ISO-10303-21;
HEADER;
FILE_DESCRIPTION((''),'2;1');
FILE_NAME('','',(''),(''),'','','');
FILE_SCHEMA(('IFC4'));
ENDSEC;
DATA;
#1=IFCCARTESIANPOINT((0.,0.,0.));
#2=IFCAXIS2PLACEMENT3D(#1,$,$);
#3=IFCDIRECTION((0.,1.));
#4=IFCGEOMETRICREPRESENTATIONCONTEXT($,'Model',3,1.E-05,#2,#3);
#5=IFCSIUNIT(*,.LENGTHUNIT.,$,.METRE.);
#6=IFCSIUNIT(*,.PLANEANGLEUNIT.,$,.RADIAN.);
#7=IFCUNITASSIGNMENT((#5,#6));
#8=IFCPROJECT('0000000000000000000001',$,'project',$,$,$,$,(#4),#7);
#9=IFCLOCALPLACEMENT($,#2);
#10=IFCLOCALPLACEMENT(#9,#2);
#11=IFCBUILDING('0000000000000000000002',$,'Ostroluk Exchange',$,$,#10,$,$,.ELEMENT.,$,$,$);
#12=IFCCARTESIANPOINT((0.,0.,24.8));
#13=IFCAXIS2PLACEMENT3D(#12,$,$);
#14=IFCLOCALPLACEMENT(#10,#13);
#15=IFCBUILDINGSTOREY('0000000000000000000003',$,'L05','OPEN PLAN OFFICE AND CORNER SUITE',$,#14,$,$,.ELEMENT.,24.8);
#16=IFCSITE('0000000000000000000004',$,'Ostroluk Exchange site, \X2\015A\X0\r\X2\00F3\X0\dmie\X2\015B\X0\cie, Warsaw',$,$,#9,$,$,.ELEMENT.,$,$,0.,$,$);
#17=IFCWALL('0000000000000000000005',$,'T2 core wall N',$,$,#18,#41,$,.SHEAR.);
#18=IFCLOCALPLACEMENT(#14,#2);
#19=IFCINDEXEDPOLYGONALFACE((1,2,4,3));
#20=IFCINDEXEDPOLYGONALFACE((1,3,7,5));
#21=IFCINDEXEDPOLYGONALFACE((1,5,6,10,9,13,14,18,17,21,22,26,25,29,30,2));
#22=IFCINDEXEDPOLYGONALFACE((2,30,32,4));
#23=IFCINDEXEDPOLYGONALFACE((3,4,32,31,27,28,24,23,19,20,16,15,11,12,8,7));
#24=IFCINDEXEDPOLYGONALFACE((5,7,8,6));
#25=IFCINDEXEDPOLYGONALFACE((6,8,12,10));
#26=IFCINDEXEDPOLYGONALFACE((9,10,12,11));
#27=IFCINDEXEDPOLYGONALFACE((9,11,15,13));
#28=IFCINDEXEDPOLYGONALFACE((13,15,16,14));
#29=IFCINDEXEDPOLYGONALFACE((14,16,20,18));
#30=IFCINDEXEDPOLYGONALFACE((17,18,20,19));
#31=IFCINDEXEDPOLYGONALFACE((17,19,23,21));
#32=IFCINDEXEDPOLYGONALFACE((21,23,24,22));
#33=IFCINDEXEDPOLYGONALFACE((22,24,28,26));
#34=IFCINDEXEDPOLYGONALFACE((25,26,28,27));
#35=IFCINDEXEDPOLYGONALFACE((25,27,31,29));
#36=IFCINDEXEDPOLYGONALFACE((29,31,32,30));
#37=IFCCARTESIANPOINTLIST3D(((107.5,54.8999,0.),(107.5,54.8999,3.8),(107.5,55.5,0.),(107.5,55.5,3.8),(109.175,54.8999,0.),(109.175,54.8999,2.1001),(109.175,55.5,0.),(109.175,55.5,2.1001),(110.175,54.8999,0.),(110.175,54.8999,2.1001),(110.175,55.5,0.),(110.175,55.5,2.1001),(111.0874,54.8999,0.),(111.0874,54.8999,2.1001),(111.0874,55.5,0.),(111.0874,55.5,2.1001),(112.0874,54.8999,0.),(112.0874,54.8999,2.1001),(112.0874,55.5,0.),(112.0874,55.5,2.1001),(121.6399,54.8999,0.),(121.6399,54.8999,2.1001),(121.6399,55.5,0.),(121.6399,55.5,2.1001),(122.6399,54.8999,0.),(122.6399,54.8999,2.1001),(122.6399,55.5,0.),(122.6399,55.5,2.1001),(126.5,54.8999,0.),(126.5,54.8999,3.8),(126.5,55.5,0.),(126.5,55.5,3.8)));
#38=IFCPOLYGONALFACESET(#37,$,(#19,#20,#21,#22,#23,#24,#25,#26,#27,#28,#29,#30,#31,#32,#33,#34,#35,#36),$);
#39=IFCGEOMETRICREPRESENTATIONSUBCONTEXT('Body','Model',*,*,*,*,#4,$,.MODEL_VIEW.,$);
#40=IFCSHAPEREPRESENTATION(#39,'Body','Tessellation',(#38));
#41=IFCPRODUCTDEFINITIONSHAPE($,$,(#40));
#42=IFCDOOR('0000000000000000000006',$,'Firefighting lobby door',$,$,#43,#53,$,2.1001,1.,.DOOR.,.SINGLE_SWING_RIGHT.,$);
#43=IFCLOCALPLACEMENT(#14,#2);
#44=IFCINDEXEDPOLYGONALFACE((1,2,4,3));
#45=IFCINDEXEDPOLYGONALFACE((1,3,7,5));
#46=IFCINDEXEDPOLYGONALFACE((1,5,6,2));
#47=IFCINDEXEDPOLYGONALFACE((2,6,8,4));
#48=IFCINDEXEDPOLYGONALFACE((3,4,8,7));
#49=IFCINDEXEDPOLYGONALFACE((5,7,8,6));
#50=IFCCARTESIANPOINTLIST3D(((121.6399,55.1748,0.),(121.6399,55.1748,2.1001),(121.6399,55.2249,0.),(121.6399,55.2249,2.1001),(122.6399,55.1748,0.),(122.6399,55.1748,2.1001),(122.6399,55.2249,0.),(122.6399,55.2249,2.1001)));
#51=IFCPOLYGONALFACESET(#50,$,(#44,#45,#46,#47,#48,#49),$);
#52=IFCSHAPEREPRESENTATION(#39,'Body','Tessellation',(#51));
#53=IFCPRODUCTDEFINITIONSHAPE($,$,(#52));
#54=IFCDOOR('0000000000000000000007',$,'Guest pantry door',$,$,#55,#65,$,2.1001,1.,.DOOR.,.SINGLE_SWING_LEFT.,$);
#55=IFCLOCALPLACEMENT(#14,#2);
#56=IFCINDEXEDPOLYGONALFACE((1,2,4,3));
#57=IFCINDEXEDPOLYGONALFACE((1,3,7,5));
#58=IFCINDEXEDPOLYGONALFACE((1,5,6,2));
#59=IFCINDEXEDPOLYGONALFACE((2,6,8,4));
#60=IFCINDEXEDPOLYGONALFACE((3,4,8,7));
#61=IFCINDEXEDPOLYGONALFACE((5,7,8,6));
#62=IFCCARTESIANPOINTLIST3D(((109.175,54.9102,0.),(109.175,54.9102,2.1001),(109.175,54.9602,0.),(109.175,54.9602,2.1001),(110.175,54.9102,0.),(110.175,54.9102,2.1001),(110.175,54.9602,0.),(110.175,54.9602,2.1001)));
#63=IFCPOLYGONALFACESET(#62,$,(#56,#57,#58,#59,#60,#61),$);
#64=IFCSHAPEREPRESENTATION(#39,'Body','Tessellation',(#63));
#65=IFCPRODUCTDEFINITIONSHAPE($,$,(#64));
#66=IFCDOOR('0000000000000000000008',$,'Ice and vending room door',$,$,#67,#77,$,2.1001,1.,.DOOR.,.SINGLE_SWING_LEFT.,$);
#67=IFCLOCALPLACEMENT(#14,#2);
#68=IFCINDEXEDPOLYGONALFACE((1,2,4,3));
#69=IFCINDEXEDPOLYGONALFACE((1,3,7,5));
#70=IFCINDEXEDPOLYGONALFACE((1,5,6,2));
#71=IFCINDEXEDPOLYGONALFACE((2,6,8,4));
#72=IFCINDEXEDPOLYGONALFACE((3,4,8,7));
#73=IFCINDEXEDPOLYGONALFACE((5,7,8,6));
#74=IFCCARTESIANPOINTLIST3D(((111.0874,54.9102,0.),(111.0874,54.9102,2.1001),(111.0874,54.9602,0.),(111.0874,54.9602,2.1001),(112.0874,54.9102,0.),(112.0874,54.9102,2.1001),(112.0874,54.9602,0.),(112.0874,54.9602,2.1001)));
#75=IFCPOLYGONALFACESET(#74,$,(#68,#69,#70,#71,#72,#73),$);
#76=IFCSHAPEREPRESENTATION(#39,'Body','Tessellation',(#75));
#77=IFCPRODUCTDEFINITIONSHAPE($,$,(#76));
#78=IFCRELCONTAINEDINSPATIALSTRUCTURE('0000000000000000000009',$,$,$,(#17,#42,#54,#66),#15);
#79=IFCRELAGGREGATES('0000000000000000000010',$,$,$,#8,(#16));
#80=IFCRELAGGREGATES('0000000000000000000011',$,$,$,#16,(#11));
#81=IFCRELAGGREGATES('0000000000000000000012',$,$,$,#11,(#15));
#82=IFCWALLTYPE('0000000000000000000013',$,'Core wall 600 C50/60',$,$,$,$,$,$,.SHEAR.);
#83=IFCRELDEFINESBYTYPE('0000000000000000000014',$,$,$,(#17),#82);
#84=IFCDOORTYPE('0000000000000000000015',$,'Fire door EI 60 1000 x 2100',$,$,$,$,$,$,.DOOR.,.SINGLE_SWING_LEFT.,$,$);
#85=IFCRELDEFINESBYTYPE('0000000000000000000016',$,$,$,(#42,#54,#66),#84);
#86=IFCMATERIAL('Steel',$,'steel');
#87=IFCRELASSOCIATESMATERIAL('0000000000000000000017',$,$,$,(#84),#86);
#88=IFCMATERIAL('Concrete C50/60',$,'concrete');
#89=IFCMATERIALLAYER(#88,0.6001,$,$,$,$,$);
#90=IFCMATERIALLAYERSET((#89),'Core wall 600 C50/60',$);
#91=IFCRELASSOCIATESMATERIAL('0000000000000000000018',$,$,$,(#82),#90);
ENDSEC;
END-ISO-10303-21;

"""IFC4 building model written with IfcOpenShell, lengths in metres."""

from ifc_helpers import new_model, si_unit, direction, frame, frame_2d, origin, place, context, subcontext, project, spatial, rectangle, extrude, material, layer, layer_set, type_object, element, fill, save


model = new_model("IFC4")

# Units and contexts
model_context = context("Model", 3, precision=1e-05, world=origin(), true_north=direction((0.0, 1.0)))
body_context = subcontext(model_context, "Body", "Model", "MODEL_VIEW")
ifc_project = project(units=[si_unit("LENGTHUNIT", "METRE"), si_unit("PLANEANGLEUNIT", "RADIAN")], contexts=[model_context])

# Site, building, storey
site_placement = place(None, origin())
site = spatial("IfcSite", under=ifc_project, at=site_placement, Name="Ostroluk Exchange site, Śródmieście, Warsaw", CompositionType="ELEMENT", RefElevation=0.0)
building_placement = place(site_placement, origin())
building = spatial("IfcBuilding", under=site, at=building_placement, Name="Ostroluk Exchange", CompositionType="ELEMENT")
storey_placement = place(building_placement, frame((0.0, 0.0, 24.8)))
storey = spatial("IfcBuildingStorey", under=building, at=storey_placement, Name="L05", Description="OPEN PLAN OFFICE AND CORNER SUITE", CompositionType="ELEMENT", Elevation=24.8)

# Wall, openings, doors
ifc_material_1 = material(Name="Steel", Category="steel")
door_type_1 = type_object("IfcDoorType", Name="Fire door EI 60 1000 x 2100", OperationType="SINGLE_SWING_LEFT", PredefinedType="DOOR", material=ifc_material_1)
ifc_material_2 = material(Name="Concrete C50/60", Category="concrete")
ifc_layer_1 = layer(ifc_material_2, 0.6001)
ifc_layer_set_1 = layer_set([ifc_layer_1], Name="Core wall 600 C50/60")
wall_type_1 = type_object("IfcWallType", Name="Core wall 600 C50/60", PredefinedType="SHEAR", material=ifc_layer_set_1)
wall_1_placement = place(storey_placement, frame((107.5, 55.2, 0.0), z_axis=(0.0, 0.0, 1.0), x_axis=(1.0, 0.0, 0.0)))
wall_1 = element("IfcWall", 1, at=wall_1_placement, inside=storey, type_object=wall_type_1, Name="T2 core wall N", PredefinedType="SHEAR", context=body_context, shape_type="SweptSolid", body=[
    extrude(rectangle(XDim=19.0, YDim=0.6001, at=frame_2d((9.5, 0.0))), origin(), (0.0, 0.0, 1.0), 3.8),
])
opening_1_placement = place(wall_1_placement, frame((14.1399, 0.0, 0.0)))
opening_1 = element("IfcOpeningElement", 2, at=opening_1_placement, cuts=wall_1, PredefinedType="OPENING", context=body_context, shape_type="SweptSolid", body=[
    extrude(rectangle(XDim=1.0, YDim=2.1001, at=frame_2d((0.5, 1.05))), frame((0.0, 0.3101, 0.0), z_axis=(0.0, -1.0, 0.0), x_axis=(1.0, 0.0, 0.0)), (0.0, 0.0, 1.0), 0.6201),
])
opening_2_placement = place(wall_1_placement, frame((1.675, 0.0, 0.0)))
opening_2 = element("IfcOpeningElement", 3, at=opening_2_placement, cuts=wall_1, PredefinedType="OPENING", context=body_context, shape_type="SweptSolid", body=[
    extrude(rectangle(XDim=1.0, YDim=2.1001, at=frame_2d((0.5, 1.05))), frame((0.0, 0.3101, 0.0), z_axis=(0.0, -1.0, 0.0), x_axis=(1.0, 0.0, 0.0)), (0.0, 0.0, 1.0), 0.6201),
])
opening_3_placement = place(wall_1_placement, frame((3.5874, 0.0, 0.0)))
opening_3 = element("IfcOpeningElement", 4, at=opening_3_placement, cuts=wall_1, PredefinedType="OPENING", context=body_context, shape_type="SweptSolid", body=[
    extrude(rectangle(XDim=1.0, YDim=2.1001, at=frame_2d((0.5, 1.05))), frame((0.0, 0.3101, 0.0), z_axis=(0.0, -1.0, 0.0), x_axis=(1.0, 0.0, 0.0)), (0.0, 0.0, 1.0), 0.6201),
])
door_1_placement = place(opening_1_placement, origin())
door_1 = element("IfcDoor", 5, at=door_1_placement, inside=storey, type_object=door_type_1, Name="Firefighting lobby door", OperationType="SINGLE_SWING_RIGHT", OverallHeight=2.1001, OverallWidth=1.0, PredefinedType="DOOR", context=body_context, shape_type="SweptSolid", body=[
    extrude(rectangle(XDim=1.0, YDim=2.1001, at=frame_2d((0.5, 1.05))), frame((0.0, 0.0249, 0.0), z_axis=(0.0, -1.0, 0.0), x_axis=(1.0, 0.0, 0.0)), (0.0, 0.0, 1.0), 0.05),
])
fill(opening_1, door_1)
door_2_placement = place(opening_2_placement, origin())
door_2 = element("IfcDoor", 6, at=door_2_placement, inside=storey, type_object=door_type_1, Name="Guest pantry door", OperationType="SINGLE_SWING_LEFT", OverallHeight=2.1001, OverallWidth=1.0, PredefinedType="DOOR", context=body_context, shape_type="SweptSolid", body=[
    extrude(rectangle(XDim=1.0, YDim=2.1001, at=frame_2d((0.5, 1.05))), frame((0.0, -0.2397, 0.0), z_axis=(0.0, -1.0, 0.0), x_axis=(1.0, 0.0, 0.0)), (0.0, 0.0, 1.0), 0.05),
])
fill(opening_2, door_2)
door_3_placement = place(opening_3_placement, origin())
door_3 = element("IfcDoor", 7, at=door_3_placement, inside=storey, type_object=door_type_1, Name="Ice and vending room door", OperationType="SINGLE_SWING_LEFT", OverallHeight=2.1001, OverallWidth=1.0, PredefinedType="DOOR", context=body_context, shape_type="SweptSolid", body=[
    extrude(rectangle(XDim=1.0, YDim=2.1001, at=frame_2d((0.5, 1.05))), frame((0.0, -0.2397, 0.0), z_axis=(0.0, -1.0, 0.0), x_axis=(1.0, 0.0, 0.0)), (0.0, 0.0, 1.0), 0.05),
])
fill(opening_3, door_3)

save(model, "model.ifc")
